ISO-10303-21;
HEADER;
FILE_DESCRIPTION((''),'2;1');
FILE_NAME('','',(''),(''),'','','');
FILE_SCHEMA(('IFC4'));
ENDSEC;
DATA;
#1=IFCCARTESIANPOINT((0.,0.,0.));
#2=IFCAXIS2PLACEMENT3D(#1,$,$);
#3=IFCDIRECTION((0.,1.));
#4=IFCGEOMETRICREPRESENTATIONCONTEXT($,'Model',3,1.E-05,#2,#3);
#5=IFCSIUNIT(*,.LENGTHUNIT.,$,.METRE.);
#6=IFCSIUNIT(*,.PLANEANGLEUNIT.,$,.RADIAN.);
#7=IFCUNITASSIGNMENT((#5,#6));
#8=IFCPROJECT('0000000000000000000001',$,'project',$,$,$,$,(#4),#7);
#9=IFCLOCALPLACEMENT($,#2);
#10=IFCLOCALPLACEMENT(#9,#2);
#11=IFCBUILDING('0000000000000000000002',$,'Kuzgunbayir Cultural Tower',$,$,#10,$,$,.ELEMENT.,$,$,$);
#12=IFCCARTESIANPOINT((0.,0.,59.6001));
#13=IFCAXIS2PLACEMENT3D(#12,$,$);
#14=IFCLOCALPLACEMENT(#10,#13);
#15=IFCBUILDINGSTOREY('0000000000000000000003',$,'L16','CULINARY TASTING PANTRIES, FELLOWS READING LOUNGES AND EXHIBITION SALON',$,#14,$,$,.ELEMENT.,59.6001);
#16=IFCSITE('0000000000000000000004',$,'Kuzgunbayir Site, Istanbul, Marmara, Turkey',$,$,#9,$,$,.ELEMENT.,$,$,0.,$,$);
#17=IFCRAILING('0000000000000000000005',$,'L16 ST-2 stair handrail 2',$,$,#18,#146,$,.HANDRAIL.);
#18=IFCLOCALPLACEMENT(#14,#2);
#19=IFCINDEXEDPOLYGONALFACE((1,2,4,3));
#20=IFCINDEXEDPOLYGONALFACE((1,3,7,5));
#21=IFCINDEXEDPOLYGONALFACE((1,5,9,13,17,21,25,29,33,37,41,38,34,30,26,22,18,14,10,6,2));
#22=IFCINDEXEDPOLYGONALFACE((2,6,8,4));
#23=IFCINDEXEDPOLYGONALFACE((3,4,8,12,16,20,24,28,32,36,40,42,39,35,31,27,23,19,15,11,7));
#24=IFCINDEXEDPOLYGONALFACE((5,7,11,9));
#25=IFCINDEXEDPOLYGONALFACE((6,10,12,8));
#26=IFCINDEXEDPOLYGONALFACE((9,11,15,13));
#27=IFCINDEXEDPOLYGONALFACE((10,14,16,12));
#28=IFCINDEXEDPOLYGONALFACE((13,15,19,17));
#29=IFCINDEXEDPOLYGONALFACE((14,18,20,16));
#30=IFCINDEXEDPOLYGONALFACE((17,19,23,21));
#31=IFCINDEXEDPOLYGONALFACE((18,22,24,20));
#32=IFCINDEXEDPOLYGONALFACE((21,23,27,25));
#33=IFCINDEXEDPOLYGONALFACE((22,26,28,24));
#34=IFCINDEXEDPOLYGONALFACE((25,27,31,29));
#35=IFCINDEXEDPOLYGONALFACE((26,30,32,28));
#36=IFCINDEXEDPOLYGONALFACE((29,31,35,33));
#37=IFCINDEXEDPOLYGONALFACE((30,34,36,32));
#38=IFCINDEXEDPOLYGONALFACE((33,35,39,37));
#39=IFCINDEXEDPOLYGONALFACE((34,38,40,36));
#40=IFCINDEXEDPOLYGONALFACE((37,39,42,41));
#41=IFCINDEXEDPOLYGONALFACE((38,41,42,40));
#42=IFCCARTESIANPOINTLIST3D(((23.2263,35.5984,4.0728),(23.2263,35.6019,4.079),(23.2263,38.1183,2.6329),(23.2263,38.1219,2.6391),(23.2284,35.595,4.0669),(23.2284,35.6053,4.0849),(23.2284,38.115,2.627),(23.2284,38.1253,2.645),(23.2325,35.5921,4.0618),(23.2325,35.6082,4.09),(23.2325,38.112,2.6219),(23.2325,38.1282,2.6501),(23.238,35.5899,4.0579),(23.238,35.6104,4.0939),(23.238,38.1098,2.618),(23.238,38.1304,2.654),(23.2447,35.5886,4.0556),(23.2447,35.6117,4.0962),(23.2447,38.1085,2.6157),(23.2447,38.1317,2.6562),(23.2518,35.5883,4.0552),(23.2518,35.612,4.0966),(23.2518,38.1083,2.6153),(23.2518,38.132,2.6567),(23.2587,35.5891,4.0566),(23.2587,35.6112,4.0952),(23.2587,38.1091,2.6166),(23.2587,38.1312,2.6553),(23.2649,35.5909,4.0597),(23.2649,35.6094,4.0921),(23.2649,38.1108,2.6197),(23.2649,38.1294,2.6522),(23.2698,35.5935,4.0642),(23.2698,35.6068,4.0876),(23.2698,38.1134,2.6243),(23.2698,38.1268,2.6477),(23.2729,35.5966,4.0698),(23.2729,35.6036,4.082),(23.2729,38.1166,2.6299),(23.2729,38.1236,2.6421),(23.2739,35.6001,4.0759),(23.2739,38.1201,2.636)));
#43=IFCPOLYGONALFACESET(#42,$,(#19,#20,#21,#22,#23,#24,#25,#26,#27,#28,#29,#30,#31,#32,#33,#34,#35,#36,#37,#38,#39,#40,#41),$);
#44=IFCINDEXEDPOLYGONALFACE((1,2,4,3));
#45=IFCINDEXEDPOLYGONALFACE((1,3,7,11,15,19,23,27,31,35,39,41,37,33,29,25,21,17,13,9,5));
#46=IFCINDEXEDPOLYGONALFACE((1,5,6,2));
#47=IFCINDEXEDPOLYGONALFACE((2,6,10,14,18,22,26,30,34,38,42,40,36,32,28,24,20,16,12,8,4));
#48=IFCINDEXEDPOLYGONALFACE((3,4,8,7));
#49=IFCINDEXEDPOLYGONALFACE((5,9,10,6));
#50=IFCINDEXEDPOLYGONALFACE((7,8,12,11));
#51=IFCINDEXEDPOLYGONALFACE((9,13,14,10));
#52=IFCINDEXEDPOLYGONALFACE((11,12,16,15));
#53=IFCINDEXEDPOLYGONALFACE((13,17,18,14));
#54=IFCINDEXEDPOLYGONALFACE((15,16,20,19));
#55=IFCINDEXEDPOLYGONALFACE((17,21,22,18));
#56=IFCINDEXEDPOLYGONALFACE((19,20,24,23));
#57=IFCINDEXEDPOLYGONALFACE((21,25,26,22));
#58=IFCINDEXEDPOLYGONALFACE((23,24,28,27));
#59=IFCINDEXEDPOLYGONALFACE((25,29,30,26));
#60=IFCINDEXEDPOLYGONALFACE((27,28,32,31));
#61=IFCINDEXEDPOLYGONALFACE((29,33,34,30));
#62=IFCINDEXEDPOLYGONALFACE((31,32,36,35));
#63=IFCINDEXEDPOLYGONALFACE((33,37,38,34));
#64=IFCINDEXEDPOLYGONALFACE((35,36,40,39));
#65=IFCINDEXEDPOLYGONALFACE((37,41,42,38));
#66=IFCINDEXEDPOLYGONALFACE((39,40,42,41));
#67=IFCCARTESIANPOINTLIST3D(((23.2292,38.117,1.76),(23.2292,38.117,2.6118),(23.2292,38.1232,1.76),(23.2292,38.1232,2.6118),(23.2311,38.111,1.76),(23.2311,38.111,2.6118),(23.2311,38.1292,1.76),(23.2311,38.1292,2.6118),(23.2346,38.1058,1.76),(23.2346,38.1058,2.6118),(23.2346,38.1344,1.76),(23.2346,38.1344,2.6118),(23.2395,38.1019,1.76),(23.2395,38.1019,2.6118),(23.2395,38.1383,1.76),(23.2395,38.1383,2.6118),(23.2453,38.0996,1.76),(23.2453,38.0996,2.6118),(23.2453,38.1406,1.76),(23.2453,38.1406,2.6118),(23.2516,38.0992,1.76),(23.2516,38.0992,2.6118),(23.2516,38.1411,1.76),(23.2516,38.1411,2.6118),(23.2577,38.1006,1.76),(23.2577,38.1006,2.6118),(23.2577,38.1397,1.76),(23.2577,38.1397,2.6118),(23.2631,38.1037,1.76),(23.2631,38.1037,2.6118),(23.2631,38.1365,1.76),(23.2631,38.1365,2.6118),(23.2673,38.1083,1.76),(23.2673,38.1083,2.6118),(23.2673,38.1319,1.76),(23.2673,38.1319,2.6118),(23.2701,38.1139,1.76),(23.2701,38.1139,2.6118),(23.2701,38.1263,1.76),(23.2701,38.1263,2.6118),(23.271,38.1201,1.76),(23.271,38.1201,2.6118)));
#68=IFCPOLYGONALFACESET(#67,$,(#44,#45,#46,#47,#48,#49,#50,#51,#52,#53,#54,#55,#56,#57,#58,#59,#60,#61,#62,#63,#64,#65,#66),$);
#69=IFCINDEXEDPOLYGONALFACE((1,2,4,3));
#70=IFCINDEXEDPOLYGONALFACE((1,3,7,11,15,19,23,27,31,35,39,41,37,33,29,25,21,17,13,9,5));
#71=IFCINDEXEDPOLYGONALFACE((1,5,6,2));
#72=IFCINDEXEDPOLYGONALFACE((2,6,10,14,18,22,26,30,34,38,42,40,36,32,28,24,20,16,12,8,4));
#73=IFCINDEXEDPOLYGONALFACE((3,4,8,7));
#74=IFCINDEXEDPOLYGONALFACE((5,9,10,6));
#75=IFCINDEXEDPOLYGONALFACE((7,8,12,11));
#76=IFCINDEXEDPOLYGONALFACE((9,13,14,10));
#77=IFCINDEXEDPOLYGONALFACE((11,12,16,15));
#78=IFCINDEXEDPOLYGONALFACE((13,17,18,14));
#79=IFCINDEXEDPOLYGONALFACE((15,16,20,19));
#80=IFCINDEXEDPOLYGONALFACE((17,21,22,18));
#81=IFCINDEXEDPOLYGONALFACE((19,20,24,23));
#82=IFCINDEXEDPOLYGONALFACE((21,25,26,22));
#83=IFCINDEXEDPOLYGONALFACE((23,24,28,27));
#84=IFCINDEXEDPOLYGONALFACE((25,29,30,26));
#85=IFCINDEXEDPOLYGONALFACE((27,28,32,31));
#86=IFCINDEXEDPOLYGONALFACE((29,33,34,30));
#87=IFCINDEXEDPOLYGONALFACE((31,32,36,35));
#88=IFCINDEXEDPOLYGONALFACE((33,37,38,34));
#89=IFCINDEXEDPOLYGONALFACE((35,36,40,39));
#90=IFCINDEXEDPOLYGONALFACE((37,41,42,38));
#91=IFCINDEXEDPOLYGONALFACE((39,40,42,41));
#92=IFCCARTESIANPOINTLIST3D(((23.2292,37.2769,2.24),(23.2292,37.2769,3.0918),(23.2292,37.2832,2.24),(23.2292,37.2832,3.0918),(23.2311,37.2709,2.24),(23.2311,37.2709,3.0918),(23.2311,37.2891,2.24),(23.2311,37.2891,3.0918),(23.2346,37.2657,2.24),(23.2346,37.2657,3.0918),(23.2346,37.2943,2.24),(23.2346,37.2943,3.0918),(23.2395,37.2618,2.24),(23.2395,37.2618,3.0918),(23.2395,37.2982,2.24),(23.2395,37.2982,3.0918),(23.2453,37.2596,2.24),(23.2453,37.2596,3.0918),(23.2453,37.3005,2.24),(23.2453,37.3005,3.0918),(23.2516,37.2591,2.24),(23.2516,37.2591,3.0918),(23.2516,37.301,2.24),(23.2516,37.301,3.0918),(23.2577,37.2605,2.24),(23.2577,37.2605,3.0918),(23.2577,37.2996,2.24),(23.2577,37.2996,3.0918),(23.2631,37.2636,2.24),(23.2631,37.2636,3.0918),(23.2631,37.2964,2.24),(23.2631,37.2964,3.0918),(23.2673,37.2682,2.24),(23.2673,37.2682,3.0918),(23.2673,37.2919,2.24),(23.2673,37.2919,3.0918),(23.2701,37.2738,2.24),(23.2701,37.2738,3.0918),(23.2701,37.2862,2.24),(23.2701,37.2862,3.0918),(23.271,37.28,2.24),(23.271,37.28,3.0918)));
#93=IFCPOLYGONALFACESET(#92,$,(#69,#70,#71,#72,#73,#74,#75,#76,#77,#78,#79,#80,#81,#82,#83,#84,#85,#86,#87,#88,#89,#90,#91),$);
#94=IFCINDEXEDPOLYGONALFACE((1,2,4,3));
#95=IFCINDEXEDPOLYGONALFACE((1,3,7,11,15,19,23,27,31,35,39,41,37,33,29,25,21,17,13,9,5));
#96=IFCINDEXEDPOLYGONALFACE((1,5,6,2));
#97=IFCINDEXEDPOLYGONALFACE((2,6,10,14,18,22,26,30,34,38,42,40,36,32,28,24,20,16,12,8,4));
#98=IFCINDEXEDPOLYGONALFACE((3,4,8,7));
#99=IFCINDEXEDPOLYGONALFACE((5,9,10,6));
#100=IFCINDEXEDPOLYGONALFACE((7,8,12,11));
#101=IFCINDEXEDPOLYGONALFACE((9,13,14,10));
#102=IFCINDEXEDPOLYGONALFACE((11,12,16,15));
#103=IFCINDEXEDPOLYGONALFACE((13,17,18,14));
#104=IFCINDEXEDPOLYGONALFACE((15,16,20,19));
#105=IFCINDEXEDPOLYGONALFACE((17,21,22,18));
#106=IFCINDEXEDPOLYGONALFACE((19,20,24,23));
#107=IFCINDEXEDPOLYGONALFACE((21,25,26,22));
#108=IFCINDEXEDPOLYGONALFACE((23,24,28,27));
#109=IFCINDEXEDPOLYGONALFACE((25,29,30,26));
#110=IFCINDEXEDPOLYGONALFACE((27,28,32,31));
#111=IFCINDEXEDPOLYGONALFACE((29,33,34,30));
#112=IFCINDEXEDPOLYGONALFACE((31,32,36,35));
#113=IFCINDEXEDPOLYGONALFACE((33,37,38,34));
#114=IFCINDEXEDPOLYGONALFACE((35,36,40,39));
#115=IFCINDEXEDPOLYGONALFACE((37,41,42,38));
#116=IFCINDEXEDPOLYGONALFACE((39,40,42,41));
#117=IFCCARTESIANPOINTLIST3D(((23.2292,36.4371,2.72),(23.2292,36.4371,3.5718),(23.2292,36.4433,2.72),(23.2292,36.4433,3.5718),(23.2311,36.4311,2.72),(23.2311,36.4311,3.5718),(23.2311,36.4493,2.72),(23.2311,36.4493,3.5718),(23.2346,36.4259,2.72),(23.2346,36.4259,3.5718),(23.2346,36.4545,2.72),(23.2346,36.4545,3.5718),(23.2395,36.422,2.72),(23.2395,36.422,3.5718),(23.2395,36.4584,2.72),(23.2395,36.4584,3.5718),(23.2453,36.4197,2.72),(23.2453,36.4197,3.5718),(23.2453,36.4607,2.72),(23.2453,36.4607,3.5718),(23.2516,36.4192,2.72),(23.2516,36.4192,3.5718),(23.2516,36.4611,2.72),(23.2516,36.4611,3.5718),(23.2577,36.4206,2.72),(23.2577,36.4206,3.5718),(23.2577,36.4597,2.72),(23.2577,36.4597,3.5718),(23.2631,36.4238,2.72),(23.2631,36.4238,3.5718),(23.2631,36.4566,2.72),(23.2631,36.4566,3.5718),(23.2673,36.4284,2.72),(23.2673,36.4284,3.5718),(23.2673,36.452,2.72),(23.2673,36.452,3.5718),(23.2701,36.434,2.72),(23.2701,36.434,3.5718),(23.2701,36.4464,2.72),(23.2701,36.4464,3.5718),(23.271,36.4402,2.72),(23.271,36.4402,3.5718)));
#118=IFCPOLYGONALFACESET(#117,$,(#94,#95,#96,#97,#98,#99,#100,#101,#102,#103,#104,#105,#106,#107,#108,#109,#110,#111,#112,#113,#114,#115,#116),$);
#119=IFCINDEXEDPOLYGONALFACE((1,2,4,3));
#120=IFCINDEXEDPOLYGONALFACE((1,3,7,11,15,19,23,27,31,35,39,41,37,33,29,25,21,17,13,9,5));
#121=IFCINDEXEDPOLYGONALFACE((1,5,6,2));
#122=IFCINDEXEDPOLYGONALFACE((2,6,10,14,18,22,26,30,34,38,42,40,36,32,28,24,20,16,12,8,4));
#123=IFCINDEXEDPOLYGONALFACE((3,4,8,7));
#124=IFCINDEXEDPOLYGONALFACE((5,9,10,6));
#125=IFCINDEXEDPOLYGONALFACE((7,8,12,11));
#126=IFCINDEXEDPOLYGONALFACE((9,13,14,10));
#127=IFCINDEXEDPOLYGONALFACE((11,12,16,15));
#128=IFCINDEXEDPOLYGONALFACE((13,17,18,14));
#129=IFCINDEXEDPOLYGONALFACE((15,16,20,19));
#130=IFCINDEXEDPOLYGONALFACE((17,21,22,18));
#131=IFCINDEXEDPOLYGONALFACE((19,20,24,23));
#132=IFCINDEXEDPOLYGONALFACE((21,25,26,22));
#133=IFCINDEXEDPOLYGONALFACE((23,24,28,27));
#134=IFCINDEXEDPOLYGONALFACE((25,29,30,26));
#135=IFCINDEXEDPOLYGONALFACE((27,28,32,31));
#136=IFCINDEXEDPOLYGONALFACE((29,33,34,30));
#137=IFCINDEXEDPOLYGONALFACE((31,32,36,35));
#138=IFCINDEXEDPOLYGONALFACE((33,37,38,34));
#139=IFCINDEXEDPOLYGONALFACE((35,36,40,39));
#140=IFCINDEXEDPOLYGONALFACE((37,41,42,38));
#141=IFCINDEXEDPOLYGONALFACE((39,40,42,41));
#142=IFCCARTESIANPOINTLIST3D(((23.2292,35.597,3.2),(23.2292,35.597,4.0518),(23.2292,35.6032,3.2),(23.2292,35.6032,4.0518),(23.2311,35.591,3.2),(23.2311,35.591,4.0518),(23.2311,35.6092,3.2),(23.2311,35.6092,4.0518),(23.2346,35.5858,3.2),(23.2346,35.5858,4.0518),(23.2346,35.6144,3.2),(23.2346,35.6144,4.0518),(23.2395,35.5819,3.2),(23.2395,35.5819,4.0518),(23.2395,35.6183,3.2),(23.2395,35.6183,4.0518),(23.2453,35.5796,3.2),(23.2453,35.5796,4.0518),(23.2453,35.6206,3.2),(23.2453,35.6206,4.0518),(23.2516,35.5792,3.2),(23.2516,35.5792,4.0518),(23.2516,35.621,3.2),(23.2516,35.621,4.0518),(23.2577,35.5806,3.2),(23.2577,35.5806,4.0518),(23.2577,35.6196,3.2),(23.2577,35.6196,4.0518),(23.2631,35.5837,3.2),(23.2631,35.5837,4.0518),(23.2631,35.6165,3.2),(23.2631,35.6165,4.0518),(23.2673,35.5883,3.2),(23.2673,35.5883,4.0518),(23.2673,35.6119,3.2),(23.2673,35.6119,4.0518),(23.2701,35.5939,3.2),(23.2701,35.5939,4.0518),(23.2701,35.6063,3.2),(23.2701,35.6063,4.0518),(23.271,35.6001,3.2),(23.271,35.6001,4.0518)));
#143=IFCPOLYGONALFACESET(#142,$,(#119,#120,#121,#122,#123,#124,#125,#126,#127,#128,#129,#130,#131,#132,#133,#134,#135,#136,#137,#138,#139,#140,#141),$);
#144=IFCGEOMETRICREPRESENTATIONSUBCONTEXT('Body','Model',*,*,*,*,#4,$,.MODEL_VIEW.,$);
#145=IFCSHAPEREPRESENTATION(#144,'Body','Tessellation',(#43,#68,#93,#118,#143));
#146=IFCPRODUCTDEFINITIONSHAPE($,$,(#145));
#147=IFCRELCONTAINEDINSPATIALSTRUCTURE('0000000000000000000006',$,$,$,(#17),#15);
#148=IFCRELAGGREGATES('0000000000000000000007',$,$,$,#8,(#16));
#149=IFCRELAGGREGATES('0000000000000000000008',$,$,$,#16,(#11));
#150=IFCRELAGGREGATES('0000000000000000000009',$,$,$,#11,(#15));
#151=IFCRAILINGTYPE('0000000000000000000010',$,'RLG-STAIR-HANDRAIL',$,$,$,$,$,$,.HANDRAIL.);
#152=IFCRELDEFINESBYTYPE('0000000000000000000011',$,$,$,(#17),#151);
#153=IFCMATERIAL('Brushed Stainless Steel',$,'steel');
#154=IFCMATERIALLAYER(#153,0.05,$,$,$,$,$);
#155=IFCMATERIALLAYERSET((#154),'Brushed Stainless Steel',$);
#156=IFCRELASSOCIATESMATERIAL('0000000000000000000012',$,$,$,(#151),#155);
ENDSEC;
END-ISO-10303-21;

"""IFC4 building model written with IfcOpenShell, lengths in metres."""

from ifc_helpers import new_model, si_unit, direction, frame, origin, origin_2d, place, context, subcontext, project, spatial, circle, extrude, material, layer, layer_set, type_object, element, save


model = new_model("IFC4")

# Units and contexts
model_context = context("Model", 3, precision=1e-05, world=origin(), true_north=direction((0.0, 1.0)))
body_context = subcontext(model_context, "Body", "Model", "MODEL_VIEW")
ifc_project = project(units=[si_unit("LENGTHUNIT", "METRE"), si_unit("PLANEANGLEUNIT", "RADIAN")], contexts=[model_context])

# Site, building, storey
site_placement = place(None, origin())
site = spatial("IfcSite", under=ifc_project, at=site_placement, Name="Kuzgunbayir Site, Istanbul, Marmara, Turkey", CompositionType="ELEMENT", RefElevation=0.0)
building_placement = place(site_placement, origin())
building = spatial("IfcBuilding", under=site, at=building_placement, Name="Kuzgunbayir Cultural Tower", CompositionType="ELEMENT")
storey_placement = place(building_placement, frame((0.0, 0.0, 59.6001)))
storey = spatial("IfcBuildingStorey", under=building, at=storey_placement, Name="L16", Description="CULINARY TASTING PANTRIES, FELLOWS READING LOUNGES AND EXHIBITION SALON", CompositionType="ELEMENT", Elevation=59.6001)

# Shared definitions
ifc_material_1 = material(Name="Brushed Stainless Steel", Category="steel")

# Railing
ifc_layer_1 = layer(ifc_material_1, 0.05)
ifc_layer_set_1 = layer_set([ifc_layer_1], Name="Brushed Stainless Steel")
railing_type_1 = type_object("IfcRailingType", Name="RLG-STAIR-HANDRAIL", PredefinedType="HANDRAIL", material=ifc_layer_set_1)
railing_1_placement = place(storey_placement, frame((23.25, 38.1201, 1.76)))
element("IfcRailing", 1, at=railing_1_placement, inside=storey, type_object=railing_type_1, Name="L16 ST-2 stair handrail 2", PredefinedType="HANDRAIL", context=body_context, shape_type="SweptSolid", body=[
    extrude(circle(Radius=0.0239, at=origin_2d()), frame((0.0, 0.0, 0.876), z_axis=(0.0, -0.868253, 0.496121), x_axis=(1.0, 0.0, 0.0)), (0.0, 0.0, 1.0), 2.9023),
    extrude(circle(Radius=0.021, at=origin_2d()), origin(), (0.0, 0.0, 1.0), 0.8518),
    extrude(circle(Radius=0.021, at=origin_2d()), frame((0.0, -0.8401, 0.48)), (0.0, 0.0, 1.0), 0.8518),
    extrude(circle(Radius=0.021, at=origin_2d()), frame((0.0, -1.6799, 0.96)), (0.0, 0.0, 1.0), 0.8518),
    extrude(circle(Radius=0.021, at=origin_2d()), frame((0.0, -2.52, 1.4399)), (0.0, 0.0, 1.0), 0.8518),
])

save(model, "model.ifc")
